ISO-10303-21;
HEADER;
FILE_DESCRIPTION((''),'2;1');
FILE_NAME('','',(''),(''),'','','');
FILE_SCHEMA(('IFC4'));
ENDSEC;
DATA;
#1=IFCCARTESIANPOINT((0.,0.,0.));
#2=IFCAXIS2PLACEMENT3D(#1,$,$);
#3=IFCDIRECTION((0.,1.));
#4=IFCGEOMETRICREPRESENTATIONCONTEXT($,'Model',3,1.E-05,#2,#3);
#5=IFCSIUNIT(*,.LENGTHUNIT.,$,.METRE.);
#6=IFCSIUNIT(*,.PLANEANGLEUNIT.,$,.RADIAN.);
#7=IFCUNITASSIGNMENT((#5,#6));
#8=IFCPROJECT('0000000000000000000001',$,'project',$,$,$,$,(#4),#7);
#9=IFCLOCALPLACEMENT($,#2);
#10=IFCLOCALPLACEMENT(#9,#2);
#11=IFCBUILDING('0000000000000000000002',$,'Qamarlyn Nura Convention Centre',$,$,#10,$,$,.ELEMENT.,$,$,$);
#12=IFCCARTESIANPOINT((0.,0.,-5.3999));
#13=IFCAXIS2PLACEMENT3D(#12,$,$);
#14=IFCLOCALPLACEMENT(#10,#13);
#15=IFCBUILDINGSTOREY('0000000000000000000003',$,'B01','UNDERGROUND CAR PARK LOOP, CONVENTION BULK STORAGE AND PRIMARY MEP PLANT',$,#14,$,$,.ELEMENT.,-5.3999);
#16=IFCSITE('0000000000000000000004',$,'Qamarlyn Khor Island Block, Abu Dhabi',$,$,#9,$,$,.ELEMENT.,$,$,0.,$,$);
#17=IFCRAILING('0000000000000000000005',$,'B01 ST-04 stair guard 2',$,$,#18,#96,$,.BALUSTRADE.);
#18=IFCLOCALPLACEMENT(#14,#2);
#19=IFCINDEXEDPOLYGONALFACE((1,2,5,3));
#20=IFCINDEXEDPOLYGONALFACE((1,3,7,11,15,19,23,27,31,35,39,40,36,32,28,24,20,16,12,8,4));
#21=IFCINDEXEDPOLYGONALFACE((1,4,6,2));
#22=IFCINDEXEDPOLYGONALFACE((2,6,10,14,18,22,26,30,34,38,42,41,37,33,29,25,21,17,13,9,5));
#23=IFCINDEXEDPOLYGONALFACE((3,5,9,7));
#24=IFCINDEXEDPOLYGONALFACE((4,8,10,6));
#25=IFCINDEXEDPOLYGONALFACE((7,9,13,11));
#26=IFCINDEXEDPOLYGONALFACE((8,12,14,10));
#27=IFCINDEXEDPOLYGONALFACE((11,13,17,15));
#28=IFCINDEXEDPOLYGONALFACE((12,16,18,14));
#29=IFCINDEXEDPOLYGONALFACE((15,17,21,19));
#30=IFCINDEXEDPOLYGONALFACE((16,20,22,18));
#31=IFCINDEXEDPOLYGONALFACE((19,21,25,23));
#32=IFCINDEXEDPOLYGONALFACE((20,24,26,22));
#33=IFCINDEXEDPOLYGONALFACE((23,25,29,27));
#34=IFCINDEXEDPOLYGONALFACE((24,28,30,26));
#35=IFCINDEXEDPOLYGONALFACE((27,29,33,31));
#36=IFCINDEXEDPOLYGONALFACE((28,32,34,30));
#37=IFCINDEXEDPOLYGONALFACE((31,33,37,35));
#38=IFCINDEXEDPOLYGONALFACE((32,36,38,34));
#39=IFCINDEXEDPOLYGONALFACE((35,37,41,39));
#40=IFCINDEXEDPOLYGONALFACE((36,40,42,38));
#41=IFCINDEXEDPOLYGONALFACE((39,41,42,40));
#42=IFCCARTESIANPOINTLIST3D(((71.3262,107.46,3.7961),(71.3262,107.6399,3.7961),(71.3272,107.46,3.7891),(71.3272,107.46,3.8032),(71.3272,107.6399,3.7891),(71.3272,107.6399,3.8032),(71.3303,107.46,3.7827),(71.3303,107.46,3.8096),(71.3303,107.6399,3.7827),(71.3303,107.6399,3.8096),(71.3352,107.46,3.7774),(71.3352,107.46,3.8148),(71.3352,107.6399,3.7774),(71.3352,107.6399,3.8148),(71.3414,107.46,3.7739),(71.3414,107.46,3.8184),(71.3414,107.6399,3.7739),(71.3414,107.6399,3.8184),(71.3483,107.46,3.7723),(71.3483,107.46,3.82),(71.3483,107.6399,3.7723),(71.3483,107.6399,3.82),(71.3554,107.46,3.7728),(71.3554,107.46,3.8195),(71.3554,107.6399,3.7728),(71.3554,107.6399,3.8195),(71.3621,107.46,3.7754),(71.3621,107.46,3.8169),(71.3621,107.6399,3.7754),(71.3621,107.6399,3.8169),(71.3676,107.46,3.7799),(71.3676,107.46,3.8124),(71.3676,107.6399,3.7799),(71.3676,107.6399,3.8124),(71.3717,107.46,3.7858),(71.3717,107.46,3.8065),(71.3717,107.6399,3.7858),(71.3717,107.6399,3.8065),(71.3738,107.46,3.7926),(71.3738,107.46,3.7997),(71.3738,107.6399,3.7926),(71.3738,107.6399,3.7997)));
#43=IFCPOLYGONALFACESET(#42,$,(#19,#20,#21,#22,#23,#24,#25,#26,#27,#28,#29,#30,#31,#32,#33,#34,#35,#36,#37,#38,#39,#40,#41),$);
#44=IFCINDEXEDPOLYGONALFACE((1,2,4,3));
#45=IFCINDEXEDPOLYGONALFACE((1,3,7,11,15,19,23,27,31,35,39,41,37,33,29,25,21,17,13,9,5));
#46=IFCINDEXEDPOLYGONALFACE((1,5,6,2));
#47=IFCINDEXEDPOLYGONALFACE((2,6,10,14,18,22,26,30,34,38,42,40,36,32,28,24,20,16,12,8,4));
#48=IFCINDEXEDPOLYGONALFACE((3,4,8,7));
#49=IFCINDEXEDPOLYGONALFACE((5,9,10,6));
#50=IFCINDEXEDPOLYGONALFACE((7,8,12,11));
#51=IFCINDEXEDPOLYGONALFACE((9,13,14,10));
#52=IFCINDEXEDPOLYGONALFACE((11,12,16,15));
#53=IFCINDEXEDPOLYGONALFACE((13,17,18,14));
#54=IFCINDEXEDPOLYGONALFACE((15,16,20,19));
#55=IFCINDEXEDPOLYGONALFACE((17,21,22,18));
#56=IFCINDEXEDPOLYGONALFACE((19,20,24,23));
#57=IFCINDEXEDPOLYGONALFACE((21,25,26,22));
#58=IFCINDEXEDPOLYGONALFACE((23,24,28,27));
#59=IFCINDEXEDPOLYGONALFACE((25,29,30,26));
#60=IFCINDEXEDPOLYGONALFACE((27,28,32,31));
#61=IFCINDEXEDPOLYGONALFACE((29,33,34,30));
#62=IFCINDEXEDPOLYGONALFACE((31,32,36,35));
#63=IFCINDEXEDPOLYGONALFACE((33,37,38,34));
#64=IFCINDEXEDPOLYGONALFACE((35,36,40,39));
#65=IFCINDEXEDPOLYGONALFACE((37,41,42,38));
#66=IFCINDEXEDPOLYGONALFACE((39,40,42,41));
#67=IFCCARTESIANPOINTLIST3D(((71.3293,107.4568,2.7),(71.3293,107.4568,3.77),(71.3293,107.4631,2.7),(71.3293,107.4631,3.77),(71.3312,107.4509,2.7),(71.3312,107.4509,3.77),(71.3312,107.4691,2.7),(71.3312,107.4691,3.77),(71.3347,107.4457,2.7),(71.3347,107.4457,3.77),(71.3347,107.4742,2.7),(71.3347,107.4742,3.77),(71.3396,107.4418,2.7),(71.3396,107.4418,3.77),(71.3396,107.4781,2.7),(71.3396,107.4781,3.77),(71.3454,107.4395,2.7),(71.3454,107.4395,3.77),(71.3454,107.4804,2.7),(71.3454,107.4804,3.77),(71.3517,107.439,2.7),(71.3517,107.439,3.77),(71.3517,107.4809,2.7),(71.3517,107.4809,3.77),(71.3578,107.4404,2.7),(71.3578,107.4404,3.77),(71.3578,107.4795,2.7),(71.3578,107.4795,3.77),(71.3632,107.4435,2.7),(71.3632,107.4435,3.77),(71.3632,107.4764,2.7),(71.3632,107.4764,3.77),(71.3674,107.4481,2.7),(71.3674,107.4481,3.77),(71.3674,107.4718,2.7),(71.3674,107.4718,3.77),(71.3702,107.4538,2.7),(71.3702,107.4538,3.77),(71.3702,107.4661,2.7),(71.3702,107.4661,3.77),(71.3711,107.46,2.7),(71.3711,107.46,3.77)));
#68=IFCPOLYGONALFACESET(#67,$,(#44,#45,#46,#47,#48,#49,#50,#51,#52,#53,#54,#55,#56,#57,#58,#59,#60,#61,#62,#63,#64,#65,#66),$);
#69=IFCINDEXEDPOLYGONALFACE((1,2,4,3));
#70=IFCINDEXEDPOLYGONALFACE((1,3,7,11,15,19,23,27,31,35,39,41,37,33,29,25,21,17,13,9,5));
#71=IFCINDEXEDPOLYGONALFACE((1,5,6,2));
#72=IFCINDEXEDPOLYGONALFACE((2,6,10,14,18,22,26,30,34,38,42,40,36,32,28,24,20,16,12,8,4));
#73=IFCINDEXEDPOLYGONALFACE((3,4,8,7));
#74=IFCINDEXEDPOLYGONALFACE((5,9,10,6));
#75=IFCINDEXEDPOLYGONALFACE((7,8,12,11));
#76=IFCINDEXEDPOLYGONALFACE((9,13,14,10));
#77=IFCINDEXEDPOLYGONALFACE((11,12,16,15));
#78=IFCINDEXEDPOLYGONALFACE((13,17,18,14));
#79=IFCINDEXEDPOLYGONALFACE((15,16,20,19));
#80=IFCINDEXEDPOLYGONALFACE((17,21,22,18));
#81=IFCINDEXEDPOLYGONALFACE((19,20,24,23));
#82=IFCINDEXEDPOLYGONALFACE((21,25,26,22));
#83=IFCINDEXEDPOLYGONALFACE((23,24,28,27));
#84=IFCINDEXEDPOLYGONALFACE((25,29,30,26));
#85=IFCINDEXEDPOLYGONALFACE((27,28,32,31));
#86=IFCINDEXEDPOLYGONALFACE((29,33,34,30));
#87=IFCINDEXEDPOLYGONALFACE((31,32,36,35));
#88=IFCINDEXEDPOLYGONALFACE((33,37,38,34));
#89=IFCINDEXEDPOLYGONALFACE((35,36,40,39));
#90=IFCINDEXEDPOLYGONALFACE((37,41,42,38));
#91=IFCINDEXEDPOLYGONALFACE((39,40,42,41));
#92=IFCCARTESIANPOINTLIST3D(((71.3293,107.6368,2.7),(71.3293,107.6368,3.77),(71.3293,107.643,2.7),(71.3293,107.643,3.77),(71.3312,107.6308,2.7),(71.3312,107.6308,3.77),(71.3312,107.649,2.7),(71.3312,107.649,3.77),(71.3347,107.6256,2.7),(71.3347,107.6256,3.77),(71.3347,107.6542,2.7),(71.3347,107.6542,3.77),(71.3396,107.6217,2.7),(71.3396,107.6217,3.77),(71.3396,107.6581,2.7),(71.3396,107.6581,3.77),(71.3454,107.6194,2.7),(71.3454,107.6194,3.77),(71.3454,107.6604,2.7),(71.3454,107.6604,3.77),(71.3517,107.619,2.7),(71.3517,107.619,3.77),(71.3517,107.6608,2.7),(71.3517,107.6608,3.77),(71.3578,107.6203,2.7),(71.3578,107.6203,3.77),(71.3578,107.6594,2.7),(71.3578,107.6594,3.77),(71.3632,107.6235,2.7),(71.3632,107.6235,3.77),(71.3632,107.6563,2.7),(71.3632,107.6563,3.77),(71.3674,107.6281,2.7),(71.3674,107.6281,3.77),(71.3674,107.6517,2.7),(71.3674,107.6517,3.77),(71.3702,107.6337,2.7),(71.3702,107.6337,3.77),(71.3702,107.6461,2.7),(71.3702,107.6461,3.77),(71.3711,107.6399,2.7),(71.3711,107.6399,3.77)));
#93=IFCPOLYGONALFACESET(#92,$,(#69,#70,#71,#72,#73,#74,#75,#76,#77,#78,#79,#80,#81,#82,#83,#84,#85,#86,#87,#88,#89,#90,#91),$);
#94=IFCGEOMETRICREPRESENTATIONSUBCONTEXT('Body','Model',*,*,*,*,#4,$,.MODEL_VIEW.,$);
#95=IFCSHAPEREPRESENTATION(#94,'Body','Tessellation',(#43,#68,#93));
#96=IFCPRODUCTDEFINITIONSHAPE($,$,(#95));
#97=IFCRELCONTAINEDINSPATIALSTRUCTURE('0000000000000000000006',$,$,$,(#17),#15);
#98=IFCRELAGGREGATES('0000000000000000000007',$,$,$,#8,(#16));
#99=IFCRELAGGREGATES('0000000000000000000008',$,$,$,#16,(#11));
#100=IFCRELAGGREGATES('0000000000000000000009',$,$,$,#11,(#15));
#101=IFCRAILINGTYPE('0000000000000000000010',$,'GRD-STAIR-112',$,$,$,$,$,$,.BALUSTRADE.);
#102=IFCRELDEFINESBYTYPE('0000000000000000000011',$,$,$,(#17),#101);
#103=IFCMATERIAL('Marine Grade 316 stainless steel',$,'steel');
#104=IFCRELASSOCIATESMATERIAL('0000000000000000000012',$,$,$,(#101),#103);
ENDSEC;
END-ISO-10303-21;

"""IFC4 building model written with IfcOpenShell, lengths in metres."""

from ifc_helpers import new_model, si_unit, direction, frame, origin, origin_2d, place, context, subcontext, project, spatial, circle, extrude, material, type_object, element, save


model = new_model("IFC4")

# Units and contexts
model_context = context("Model", 3, precision=1e-05, world=origin(), true_north=direction((0.0, 1.0)))
body_context = subcontext(model_context, "Body", "Model", "MODEL_VIEW")
ifc_project = project(units=[si_unit("LENGTHUNIT", "METRE"), si_unit("PLANEANGLEUNIT", "RADIAN")], contexts=[model_context])

# Site, building, storey
site_placement = place(None, origin())
site = spatial("IfcSite", under=ifc_project, at=site_placement, Name="Qamarlyn Khor Island Block, Abu Dhabi", CompositionType="ELEMENT", RefElevation=0.0)
building_placement = place(site_placement, origin())
building = spatial("IfcBuilding", under=site, at=building_placement, Name="Qamarlyn Nura Convention Centre", CompositionType="ELEMENT")
storey_placement = place(building_placement, frame((0.0, 0.0, -5.3999)))
storey = spatial("IfcBuildingStorey", under=building, at=storey_placement, Name="B01", Description="UNDERGROUND CAR PARK LOOP, CONVENTION BULK STORAGE AND PRIMARY MEP PLANT", CompositionType="ELEMENT", Elevation=-5.3999)

# Railing
ifc_material_1 = material(Name="Marine Grade 316 stainless steel", Category="steel")
railing_type_1 = type_object("IfcRailingType", Name="GRD-STAIR-112", PredefinedType="BALUSTRADE", material=ifc_material_1)
railing_1_placement = place(storey_placement, frame((71.3501, 107.46, 2.7)))
element("IfcRailing", 1, at=railing_1_placement, inside=storey, type_object=railing_type_1, Name="B01 ST-04 stair guard 2", PredefinedType="BALUSTRADE", context=body_context, shape_type="SweptSolid", body=[
    extrude(circle(Radius=0.0239, at=origin_2d()), frame((0.0, 0.0, 1.0962), z_axis=(0.0, 1.0, 0.0), x_axis=(-1.0, 0.0, 0.0)), (0.0, 0.0, 1.0), 0.1799),
    extrude(circle(Radius=0.021, at=origin_2d()), origin(), (0.0, 0.0, 1.0), 1.0701),
    extrude(circle(Radius=0.021, at=origin_2d()), frame((0.0, 0.1799, 0.0)), (0.0, 0.0, 1.0), 1.0701),
])

save(model, "model.ifc")
